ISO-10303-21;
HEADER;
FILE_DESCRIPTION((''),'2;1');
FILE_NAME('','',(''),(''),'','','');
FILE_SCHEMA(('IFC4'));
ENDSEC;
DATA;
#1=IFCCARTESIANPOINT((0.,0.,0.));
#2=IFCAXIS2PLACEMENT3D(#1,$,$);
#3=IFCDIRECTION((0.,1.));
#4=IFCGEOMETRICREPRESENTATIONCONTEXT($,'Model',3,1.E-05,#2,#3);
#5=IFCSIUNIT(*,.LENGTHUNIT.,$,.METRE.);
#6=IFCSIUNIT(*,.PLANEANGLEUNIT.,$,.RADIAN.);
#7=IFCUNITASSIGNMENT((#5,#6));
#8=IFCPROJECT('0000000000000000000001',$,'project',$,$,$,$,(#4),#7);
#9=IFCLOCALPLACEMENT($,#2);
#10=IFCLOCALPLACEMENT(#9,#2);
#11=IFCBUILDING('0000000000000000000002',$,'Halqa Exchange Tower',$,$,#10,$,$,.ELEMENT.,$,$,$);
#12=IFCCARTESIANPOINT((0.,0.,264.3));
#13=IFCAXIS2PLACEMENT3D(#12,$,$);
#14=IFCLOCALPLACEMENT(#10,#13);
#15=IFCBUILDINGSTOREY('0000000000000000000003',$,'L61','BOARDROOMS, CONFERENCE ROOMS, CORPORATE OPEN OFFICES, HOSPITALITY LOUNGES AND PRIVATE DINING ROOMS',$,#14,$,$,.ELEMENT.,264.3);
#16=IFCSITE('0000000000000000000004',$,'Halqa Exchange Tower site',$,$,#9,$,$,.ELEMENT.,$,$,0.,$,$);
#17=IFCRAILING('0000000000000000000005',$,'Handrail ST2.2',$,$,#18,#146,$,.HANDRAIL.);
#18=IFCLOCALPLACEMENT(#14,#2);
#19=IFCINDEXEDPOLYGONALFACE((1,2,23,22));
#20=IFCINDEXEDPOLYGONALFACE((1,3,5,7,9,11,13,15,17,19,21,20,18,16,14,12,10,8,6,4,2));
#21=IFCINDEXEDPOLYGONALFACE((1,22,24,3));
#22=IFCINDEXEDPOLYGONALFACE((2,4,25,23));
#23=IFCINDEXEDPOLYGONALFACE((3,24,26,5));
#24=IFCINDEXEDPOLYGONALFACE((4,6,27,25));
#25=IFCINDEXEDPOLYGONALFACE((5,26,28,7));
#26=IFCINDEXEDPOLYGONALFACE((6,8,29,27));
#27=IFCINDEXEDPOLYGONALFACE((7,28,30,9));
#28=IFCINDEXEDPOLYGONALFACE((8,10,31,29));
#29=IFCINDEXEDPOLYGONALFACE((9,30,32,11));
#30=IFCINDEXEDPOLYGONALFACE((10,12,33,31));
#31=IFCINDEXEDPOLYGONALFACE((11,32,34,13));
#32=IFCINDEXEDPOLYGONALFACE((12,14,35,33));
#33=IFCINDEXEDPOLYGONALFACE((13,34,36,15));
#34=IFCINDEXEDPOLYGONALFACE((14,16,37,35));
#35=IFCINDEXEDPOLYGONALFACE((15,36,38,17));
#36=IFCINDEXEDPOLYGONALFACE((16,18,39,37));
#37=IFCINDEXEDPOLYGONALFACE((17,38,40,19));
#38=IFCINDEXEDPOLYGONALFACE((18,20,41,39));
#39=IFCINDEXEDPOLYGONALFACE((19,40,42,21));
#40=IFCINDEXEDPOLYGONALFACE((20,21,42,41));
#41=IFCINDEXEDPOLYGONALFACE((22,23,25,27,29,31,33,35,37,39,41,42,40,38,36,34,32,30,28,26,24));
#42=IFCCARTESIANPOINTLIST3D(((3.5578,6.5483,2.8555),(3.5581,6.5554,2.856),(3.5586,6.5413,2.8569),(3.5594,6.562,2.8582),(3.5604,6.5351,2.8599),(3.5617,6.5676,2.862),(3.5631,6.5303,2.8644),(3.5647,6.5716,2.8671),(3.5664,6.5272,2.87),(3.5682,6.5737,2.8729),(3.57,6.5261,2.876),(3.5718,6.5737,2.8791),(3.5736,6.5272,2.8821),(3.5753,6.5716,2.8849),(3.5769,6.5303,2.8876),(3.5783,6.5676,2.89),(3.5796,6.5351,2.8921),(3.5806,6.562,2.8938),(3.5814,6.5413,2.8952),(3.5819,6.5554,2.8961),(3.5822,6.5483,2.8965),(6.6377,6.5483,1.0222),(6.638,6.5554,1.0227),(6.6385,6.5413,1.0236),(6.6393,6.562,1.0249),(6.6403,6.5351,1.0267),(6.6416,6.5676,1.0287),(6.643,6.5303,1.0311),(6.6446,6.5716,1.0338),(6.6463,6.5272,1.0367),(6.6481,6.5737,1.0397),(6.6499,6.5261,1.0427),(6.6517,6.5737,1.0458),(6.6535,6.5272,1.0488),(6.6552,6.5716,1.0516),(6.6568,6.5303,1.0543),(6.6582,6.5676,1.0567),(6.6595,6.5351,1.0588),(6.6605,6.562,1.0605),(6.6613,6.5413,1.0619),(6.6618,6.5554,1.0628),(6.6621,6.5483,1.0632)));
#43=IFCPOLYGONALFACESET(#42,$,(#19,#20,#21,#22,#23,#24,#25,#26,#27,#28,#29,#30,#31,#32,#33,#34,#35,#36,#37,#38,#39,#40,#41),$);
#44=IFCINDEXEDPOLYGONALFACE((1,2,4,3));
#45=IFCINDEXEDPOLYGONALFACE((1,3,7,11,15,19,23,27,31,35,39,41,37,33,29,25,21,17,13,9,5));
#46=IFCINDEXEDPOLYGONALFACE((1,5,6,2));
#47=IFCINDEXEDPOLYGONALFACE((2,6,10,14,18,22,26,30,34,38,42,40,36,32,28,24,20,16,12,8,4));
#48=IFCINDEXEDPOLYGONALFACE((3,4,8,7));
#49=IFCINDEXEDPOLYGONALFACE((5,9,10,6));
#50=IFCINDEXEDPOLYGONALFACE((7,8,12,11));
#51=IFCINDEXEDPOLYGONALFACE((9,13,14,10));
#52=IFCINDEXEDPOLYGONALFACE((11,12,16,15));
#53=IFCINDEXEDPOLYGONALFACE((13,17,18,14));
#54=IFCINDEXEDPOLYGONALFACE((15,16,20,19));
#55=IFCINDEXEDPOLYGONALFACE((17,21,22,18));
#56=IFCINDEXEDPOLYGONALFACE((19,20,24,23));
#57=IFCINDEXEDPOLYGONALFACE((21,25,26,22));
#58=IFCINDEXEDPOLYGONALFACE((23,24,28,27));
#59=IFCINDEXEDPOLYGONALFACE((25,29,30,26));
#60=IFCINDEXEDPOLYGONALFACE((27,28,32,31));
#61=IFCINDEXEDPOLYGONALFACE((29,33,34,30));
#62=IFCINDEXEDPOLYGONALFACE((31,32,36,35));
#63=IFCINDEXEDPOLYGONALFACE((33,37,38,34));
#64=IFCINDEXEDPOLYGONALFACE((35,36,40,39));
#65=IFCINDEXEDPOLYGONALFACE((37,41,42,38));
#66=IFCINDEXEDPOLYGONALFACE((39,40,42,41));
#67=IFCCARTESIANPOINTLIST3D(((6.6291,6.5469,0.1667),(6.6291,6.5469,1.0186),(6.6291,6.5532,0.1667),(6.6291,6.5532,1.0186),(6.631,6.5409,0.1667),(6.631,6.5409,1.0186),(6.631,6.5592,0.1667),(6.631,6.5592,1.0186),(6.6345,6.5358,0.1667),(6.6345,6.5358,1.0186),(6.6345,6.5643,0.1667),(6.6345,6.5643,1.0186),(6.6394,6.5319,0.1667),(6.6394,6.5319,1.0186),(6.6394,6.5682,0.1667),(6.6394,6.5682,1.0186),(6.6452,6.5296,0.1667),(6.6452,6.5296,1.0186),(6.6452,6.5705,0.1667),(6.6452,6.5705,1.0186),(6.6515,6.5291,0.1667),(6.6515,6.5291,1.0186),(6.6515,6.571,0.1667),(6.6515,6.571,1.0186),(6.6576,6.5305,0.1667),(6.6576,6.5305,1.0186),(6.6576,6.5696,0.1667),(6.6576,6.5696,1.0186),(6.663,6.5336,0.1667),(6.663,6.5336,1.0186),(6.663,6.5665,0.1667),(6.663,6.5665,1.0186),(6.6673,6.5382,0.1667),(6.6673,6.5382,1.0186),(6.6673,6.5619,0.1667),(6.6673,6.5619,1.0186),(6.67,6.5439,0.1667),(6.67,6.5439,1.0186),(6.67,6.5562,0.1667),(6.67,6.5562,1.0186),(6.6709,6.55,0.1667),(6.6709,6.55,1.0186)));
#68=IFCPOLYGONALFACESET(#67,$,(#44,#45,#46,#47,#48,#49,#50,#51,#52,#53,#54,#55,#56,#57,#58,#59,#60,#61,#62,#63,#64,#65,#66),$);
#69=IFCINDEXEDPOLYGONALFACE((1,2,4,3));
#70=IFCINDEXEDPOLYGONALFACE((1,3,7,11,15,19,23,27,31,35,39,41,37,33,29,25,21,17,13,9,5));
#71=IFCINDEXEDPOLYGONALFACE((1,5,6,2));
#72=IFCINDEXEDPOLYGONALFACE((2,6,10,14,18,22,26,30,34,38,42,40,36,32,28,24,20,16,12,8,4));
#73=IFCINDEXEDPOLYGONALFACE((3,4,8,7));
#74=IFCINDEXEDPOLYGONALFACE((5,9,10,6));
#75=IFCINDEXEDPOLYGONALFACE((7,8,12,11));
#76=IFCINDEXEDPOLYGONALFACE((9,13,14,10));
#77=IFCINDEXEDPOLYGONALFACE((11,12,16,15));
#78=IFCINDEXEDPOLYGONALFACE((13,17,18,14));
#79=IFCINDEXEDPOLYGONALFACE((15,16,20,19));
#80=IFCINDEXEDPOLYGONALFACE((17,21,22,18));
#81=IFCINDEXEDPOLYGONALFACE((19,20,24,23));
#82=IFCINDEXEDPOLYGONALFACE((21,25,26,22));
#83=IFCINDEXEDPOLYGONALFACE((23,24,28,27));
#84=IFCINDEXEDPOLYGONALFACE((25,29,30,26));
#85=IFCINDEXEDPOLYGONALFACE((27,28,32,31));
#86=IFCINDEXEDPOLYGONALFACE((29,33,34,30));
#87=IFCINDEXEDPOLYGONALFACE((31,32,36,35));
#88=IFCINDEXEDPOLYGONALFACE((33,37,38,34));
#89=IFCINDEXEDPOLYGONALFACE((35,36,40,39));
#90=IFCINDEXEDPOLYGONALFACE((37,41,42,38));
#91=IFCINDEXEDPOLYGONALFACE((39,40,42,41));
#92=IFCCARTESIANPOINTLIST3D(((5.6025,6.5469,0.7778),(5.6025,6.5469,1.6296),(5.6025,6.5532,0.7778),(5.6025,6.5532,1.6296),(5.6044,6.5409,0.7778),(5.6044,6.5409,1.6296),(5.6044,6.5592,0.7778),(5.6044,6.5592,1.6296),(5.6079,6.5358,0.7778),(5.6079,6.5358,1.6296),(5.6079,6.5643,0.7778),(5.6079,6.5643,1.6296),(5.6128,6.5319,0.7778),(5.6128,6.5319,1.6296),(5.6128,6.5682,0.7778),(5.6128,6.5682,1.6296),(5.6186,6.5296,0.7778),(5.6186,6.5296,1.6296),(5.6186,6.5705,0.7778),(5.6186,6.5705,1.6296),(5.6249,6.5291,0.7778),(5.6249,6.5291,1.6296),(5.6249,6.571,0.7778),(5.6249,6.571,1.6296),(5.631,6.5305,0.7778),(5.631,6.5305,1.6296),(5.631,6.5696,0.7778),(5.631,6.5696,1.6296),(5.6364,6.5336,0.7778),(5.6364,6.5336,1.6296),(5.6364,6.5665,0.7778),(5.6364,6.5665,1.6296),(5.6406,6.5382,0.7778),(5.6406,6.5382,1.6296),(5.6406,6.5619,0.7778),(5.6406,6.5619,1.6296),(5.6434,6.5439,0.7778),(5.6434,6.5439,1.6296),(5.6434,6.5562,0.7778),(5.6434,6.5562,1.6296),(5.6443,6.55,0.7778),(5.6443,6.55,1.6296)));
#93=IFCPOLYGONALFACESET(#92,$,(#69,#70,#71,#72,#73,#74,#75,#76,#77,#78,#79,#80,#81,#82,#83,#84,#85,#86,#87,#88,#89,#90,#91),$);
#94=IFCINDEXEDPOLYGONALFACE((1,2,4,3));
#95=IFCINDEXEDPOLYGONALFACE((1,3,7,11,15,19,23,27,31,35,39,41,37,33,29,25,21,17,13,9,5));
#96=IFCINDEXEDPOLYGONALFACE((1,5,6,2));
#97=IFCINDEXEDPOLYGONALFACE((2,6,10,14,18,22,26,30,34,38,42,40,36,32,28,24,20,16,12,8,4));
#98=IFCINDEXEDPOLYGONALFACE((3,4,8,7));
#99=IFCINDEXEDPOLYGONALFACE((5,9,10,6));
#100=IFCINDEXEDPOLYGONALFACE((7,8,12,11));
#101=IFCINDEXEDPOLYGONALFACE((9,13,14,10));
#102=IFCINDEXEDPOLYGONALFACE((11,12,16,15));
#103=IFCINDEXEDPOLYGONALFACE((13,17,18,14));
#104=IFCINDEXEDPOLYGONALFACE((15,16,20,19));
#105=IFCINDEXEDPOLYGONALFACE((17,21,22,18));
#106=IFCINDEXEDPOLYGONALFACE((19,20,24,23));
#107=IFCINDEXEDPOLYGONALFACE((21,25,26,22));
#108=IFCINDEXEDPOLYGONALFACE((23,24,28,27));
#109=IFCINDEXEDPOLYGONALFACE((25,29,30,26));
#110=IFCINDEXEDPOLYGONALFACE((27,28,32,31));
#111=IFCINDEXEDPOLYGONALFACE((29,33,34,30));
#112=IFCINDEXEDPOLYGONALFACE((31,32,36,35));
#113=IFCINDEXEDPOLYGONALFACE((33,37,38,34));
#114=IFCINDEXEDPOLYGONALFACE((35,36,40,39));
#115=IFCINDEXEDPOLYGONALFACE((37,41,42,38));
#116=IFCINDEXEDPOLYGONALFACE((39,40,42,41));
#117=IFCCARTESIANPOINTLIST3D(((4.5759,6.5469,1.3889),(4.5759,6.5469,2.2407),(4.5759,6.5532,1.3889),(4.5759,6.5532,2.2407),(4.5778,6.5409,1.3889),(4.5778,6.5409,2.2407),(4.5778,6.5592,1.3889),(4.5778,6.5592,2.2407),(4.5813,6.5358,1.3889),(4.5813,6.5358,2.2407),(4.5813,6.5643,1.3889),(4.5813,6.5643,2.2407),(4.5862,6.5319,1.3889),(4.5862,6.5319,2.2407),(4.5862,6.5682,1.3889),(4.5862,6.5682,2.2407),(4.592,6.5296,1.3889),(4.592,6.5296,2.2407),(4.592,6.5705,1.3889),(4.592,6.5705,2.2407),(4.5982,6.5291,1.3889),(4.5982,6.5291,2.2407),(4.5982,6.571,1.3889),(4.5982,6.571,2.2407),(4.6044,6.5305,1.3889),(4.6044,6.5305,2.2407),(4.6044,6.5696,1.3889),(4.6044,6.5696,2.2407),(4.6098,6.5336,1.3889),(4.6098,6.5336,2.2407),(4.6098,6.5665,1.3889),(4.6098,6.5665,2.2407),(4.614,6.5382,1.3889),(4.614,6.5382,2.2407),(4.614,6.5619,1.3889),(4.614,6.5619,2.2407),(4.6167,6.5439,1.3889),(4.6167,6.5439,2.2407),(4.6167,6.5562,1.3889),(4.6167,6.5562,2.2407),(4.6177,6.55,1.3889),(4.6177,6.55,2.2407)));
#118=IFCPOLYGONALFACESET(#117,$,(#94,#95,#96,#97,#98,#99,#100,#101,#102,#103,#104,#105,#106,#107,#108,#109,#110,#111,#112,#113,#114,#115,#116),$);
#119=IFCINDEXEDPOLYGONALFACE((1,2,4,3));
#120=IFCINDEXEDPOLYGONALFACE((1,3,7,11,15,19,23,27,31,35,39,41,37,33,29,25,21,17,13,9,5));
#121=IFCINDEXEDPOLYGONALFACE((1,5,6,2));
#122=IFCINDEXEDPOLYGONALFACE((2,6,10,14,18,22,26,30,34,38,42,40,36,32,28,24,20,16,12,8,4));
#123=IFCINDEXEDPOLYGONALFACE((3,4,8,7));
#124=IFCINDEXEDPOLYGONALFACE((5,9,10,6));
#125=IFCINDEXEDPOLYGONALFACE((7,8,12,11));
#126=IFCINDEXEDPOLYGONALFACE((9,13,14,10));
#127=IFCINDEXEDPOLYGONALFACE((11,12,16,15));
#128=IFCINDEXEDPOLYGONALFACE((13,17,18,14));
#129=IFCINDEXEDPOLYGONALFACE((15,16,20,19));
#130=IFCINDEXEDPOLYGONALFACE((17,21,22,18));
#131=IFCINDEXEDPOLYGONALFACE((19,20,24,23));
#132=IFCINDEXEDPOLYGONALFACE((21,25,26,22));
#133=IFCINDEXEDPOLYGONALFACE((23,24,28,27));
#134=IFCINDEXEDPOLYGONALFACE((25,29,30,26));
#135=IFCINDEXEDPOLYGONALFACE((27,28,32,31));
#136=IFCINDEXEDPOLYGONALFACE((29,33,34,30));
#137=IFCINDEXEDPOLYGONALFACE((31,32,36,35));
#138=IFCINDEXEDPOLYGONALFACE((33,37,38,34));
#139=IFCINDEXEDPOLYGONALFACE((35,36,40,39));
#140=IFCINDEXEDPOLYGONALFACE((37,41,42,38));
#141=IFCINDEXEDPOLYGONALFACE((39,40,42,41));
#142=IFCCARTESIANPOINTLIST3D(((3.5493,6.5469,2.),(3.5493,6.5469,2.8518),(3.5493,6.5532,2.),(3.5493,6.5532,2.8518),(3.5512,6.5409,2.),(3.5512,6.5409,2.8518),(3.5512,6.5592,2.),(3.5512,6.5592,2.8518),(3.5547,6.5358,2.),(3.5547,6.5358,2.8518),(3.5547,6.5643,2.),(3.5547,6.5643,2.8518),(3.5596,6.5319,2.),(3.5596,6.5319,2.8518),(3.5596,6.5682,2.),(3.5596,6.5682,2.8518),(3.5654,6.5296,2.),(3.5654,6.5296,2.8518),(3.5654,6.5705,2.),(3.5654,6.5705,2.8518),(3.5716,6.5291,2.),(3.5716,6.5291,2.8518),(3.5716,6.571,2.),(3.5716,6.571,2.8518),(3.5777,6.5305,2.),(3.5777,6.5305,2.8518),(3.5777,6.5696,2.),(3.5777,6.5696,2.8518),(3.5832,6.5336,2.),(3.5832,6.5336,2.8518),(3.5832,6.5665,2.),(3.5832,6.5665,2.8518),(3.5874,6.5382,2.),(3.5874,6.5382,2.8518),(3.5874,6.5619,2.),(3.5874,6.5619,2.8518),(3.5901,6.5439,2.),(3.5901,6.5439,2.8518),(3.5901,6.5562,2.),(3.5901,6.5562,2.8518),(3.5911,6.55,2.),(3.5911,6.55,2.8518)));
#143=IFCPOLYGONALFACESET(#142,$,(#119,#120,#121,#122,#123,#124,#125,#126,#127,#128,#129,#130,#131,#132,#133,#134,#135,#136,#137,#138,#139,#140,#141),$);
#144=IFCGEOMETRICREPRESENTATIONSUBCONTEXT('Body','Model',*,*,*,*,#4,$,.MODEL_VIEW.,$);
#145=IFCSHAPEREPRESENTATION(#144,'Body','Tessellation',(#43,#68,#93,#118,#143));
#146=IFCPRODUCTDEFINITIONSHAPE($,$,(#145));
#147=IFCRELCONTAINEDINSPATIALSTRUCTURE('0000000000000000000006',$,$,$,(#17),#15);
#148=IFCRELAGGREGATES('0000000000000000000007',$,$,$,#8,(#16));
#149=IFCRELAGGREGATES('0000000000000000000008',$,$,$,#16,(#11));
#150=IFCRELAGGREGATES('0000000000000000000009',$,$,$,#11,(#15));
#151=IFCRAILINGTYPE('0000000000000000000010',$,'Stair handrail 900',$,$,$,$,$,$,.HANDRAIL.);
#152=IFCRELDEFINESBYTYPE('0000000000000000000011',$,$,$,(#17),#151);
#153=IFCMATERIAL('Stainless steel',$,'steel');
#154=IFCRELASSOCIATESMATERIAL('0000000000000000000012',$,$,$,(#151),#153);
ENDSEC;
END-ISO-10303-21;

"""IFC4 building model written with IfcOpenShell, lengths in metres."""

from ifc_helpers import new_model, si_unit, direction, frame, origin, origin_2d, place, context, subcontext, project, spatial, circle, extrude, material, type_object, element, save


model = new_model("IFC4")

# Units and contexts
model_context = context("Model", 3, precision=1e-05, world=origin(), true_north=direction((0.0, 1.0)))
body_context = subcontext(model_context, "Body", "Model", "MODEL_VIEW")
ifc_project = project(units=[si_unit("LENGTHUNIT", "METRE"), si_unit("PLANEANGLEUNIT", "RADIAN")], contexts=[model_context])

# Site, building, storey
site_placement = place(None, origin())
site = spatial("IfcSite", under=ifc_project, at=site_placement, Name="Halqa Exchange Tower site", CompositionType="ELEMENT", RefElevation=0.0)
building_placement = place(site_placement, origin())
building = spatial("IfcBuilding", under=site, at=building_placement, Name="Halqa Exchange Tower", CompositionType="ELEMENT")
storey_placement = place(building_placement, frame((0.0, 0.0, 264.3)))
storey = spatial("IfcBuildingStorey", under=building, at=storey_placement, Name="L61", Description="BOARDROOMS, CONFERENCE ROOMS, CORPORATE OPEN OFFICES, HOSPITALITY LOUNGES AND PRIVATE DINING ROOMS", CompositionType="ELEMENT", Elevation=264.3)

# Railing
ifc_material_1 = material(Name="Stainless steel", Category="steel")
railing_type_1 = type_object("IfcRailingType", Name="Stair handrail 900", PredefinedType="HANDRAIL", material=ifc_material_1)
railing_1_placement = place(storey_placement, frame((6.6499, 6.55, 0.1667)))
element("IfcRailing", 1, at=railing_1_placement, inside=storey, type_object=railing_type_1, Name="Handrail ST2.2", PredefinedType="HANDRAIL", context=body_context, shape_type="SweptSolid", body=[
    extrude(circle(Radius=0.0239, at=origin_2d()), frame((0.0, 0.0, 0.876), z_axis=(-0.859291, 0.0, 0.511487), x_axis=(0.0, -1.0, 0.0)), (0.0, 0.0, 1.0), 3.5842),
    extrude(circle(Radius=0.021, at=origin_2d()), origin(), (0.0, 0.0, 1.0), 0.8518),
    extrude(circle(Radius=0.021, at=origin_2d()), frame((-1.0266, 0.0, 0.6111)), (0.0, 0.0, 1.0), 0.8518),
    extrude(circle(Radius=0.021, at=origin_2d()), frame((-2.0532, 0.0, 1.2222)), (0.0, 0.0, 1.0), 0.8518),
    extrude(circle(Radius=0.021, at=origin_2d()), frame((-3.0798, 0.0, 1.8333)), (0.0, 0.0, 1.0), 0.8518),
])

save(model, "model.ifc")
